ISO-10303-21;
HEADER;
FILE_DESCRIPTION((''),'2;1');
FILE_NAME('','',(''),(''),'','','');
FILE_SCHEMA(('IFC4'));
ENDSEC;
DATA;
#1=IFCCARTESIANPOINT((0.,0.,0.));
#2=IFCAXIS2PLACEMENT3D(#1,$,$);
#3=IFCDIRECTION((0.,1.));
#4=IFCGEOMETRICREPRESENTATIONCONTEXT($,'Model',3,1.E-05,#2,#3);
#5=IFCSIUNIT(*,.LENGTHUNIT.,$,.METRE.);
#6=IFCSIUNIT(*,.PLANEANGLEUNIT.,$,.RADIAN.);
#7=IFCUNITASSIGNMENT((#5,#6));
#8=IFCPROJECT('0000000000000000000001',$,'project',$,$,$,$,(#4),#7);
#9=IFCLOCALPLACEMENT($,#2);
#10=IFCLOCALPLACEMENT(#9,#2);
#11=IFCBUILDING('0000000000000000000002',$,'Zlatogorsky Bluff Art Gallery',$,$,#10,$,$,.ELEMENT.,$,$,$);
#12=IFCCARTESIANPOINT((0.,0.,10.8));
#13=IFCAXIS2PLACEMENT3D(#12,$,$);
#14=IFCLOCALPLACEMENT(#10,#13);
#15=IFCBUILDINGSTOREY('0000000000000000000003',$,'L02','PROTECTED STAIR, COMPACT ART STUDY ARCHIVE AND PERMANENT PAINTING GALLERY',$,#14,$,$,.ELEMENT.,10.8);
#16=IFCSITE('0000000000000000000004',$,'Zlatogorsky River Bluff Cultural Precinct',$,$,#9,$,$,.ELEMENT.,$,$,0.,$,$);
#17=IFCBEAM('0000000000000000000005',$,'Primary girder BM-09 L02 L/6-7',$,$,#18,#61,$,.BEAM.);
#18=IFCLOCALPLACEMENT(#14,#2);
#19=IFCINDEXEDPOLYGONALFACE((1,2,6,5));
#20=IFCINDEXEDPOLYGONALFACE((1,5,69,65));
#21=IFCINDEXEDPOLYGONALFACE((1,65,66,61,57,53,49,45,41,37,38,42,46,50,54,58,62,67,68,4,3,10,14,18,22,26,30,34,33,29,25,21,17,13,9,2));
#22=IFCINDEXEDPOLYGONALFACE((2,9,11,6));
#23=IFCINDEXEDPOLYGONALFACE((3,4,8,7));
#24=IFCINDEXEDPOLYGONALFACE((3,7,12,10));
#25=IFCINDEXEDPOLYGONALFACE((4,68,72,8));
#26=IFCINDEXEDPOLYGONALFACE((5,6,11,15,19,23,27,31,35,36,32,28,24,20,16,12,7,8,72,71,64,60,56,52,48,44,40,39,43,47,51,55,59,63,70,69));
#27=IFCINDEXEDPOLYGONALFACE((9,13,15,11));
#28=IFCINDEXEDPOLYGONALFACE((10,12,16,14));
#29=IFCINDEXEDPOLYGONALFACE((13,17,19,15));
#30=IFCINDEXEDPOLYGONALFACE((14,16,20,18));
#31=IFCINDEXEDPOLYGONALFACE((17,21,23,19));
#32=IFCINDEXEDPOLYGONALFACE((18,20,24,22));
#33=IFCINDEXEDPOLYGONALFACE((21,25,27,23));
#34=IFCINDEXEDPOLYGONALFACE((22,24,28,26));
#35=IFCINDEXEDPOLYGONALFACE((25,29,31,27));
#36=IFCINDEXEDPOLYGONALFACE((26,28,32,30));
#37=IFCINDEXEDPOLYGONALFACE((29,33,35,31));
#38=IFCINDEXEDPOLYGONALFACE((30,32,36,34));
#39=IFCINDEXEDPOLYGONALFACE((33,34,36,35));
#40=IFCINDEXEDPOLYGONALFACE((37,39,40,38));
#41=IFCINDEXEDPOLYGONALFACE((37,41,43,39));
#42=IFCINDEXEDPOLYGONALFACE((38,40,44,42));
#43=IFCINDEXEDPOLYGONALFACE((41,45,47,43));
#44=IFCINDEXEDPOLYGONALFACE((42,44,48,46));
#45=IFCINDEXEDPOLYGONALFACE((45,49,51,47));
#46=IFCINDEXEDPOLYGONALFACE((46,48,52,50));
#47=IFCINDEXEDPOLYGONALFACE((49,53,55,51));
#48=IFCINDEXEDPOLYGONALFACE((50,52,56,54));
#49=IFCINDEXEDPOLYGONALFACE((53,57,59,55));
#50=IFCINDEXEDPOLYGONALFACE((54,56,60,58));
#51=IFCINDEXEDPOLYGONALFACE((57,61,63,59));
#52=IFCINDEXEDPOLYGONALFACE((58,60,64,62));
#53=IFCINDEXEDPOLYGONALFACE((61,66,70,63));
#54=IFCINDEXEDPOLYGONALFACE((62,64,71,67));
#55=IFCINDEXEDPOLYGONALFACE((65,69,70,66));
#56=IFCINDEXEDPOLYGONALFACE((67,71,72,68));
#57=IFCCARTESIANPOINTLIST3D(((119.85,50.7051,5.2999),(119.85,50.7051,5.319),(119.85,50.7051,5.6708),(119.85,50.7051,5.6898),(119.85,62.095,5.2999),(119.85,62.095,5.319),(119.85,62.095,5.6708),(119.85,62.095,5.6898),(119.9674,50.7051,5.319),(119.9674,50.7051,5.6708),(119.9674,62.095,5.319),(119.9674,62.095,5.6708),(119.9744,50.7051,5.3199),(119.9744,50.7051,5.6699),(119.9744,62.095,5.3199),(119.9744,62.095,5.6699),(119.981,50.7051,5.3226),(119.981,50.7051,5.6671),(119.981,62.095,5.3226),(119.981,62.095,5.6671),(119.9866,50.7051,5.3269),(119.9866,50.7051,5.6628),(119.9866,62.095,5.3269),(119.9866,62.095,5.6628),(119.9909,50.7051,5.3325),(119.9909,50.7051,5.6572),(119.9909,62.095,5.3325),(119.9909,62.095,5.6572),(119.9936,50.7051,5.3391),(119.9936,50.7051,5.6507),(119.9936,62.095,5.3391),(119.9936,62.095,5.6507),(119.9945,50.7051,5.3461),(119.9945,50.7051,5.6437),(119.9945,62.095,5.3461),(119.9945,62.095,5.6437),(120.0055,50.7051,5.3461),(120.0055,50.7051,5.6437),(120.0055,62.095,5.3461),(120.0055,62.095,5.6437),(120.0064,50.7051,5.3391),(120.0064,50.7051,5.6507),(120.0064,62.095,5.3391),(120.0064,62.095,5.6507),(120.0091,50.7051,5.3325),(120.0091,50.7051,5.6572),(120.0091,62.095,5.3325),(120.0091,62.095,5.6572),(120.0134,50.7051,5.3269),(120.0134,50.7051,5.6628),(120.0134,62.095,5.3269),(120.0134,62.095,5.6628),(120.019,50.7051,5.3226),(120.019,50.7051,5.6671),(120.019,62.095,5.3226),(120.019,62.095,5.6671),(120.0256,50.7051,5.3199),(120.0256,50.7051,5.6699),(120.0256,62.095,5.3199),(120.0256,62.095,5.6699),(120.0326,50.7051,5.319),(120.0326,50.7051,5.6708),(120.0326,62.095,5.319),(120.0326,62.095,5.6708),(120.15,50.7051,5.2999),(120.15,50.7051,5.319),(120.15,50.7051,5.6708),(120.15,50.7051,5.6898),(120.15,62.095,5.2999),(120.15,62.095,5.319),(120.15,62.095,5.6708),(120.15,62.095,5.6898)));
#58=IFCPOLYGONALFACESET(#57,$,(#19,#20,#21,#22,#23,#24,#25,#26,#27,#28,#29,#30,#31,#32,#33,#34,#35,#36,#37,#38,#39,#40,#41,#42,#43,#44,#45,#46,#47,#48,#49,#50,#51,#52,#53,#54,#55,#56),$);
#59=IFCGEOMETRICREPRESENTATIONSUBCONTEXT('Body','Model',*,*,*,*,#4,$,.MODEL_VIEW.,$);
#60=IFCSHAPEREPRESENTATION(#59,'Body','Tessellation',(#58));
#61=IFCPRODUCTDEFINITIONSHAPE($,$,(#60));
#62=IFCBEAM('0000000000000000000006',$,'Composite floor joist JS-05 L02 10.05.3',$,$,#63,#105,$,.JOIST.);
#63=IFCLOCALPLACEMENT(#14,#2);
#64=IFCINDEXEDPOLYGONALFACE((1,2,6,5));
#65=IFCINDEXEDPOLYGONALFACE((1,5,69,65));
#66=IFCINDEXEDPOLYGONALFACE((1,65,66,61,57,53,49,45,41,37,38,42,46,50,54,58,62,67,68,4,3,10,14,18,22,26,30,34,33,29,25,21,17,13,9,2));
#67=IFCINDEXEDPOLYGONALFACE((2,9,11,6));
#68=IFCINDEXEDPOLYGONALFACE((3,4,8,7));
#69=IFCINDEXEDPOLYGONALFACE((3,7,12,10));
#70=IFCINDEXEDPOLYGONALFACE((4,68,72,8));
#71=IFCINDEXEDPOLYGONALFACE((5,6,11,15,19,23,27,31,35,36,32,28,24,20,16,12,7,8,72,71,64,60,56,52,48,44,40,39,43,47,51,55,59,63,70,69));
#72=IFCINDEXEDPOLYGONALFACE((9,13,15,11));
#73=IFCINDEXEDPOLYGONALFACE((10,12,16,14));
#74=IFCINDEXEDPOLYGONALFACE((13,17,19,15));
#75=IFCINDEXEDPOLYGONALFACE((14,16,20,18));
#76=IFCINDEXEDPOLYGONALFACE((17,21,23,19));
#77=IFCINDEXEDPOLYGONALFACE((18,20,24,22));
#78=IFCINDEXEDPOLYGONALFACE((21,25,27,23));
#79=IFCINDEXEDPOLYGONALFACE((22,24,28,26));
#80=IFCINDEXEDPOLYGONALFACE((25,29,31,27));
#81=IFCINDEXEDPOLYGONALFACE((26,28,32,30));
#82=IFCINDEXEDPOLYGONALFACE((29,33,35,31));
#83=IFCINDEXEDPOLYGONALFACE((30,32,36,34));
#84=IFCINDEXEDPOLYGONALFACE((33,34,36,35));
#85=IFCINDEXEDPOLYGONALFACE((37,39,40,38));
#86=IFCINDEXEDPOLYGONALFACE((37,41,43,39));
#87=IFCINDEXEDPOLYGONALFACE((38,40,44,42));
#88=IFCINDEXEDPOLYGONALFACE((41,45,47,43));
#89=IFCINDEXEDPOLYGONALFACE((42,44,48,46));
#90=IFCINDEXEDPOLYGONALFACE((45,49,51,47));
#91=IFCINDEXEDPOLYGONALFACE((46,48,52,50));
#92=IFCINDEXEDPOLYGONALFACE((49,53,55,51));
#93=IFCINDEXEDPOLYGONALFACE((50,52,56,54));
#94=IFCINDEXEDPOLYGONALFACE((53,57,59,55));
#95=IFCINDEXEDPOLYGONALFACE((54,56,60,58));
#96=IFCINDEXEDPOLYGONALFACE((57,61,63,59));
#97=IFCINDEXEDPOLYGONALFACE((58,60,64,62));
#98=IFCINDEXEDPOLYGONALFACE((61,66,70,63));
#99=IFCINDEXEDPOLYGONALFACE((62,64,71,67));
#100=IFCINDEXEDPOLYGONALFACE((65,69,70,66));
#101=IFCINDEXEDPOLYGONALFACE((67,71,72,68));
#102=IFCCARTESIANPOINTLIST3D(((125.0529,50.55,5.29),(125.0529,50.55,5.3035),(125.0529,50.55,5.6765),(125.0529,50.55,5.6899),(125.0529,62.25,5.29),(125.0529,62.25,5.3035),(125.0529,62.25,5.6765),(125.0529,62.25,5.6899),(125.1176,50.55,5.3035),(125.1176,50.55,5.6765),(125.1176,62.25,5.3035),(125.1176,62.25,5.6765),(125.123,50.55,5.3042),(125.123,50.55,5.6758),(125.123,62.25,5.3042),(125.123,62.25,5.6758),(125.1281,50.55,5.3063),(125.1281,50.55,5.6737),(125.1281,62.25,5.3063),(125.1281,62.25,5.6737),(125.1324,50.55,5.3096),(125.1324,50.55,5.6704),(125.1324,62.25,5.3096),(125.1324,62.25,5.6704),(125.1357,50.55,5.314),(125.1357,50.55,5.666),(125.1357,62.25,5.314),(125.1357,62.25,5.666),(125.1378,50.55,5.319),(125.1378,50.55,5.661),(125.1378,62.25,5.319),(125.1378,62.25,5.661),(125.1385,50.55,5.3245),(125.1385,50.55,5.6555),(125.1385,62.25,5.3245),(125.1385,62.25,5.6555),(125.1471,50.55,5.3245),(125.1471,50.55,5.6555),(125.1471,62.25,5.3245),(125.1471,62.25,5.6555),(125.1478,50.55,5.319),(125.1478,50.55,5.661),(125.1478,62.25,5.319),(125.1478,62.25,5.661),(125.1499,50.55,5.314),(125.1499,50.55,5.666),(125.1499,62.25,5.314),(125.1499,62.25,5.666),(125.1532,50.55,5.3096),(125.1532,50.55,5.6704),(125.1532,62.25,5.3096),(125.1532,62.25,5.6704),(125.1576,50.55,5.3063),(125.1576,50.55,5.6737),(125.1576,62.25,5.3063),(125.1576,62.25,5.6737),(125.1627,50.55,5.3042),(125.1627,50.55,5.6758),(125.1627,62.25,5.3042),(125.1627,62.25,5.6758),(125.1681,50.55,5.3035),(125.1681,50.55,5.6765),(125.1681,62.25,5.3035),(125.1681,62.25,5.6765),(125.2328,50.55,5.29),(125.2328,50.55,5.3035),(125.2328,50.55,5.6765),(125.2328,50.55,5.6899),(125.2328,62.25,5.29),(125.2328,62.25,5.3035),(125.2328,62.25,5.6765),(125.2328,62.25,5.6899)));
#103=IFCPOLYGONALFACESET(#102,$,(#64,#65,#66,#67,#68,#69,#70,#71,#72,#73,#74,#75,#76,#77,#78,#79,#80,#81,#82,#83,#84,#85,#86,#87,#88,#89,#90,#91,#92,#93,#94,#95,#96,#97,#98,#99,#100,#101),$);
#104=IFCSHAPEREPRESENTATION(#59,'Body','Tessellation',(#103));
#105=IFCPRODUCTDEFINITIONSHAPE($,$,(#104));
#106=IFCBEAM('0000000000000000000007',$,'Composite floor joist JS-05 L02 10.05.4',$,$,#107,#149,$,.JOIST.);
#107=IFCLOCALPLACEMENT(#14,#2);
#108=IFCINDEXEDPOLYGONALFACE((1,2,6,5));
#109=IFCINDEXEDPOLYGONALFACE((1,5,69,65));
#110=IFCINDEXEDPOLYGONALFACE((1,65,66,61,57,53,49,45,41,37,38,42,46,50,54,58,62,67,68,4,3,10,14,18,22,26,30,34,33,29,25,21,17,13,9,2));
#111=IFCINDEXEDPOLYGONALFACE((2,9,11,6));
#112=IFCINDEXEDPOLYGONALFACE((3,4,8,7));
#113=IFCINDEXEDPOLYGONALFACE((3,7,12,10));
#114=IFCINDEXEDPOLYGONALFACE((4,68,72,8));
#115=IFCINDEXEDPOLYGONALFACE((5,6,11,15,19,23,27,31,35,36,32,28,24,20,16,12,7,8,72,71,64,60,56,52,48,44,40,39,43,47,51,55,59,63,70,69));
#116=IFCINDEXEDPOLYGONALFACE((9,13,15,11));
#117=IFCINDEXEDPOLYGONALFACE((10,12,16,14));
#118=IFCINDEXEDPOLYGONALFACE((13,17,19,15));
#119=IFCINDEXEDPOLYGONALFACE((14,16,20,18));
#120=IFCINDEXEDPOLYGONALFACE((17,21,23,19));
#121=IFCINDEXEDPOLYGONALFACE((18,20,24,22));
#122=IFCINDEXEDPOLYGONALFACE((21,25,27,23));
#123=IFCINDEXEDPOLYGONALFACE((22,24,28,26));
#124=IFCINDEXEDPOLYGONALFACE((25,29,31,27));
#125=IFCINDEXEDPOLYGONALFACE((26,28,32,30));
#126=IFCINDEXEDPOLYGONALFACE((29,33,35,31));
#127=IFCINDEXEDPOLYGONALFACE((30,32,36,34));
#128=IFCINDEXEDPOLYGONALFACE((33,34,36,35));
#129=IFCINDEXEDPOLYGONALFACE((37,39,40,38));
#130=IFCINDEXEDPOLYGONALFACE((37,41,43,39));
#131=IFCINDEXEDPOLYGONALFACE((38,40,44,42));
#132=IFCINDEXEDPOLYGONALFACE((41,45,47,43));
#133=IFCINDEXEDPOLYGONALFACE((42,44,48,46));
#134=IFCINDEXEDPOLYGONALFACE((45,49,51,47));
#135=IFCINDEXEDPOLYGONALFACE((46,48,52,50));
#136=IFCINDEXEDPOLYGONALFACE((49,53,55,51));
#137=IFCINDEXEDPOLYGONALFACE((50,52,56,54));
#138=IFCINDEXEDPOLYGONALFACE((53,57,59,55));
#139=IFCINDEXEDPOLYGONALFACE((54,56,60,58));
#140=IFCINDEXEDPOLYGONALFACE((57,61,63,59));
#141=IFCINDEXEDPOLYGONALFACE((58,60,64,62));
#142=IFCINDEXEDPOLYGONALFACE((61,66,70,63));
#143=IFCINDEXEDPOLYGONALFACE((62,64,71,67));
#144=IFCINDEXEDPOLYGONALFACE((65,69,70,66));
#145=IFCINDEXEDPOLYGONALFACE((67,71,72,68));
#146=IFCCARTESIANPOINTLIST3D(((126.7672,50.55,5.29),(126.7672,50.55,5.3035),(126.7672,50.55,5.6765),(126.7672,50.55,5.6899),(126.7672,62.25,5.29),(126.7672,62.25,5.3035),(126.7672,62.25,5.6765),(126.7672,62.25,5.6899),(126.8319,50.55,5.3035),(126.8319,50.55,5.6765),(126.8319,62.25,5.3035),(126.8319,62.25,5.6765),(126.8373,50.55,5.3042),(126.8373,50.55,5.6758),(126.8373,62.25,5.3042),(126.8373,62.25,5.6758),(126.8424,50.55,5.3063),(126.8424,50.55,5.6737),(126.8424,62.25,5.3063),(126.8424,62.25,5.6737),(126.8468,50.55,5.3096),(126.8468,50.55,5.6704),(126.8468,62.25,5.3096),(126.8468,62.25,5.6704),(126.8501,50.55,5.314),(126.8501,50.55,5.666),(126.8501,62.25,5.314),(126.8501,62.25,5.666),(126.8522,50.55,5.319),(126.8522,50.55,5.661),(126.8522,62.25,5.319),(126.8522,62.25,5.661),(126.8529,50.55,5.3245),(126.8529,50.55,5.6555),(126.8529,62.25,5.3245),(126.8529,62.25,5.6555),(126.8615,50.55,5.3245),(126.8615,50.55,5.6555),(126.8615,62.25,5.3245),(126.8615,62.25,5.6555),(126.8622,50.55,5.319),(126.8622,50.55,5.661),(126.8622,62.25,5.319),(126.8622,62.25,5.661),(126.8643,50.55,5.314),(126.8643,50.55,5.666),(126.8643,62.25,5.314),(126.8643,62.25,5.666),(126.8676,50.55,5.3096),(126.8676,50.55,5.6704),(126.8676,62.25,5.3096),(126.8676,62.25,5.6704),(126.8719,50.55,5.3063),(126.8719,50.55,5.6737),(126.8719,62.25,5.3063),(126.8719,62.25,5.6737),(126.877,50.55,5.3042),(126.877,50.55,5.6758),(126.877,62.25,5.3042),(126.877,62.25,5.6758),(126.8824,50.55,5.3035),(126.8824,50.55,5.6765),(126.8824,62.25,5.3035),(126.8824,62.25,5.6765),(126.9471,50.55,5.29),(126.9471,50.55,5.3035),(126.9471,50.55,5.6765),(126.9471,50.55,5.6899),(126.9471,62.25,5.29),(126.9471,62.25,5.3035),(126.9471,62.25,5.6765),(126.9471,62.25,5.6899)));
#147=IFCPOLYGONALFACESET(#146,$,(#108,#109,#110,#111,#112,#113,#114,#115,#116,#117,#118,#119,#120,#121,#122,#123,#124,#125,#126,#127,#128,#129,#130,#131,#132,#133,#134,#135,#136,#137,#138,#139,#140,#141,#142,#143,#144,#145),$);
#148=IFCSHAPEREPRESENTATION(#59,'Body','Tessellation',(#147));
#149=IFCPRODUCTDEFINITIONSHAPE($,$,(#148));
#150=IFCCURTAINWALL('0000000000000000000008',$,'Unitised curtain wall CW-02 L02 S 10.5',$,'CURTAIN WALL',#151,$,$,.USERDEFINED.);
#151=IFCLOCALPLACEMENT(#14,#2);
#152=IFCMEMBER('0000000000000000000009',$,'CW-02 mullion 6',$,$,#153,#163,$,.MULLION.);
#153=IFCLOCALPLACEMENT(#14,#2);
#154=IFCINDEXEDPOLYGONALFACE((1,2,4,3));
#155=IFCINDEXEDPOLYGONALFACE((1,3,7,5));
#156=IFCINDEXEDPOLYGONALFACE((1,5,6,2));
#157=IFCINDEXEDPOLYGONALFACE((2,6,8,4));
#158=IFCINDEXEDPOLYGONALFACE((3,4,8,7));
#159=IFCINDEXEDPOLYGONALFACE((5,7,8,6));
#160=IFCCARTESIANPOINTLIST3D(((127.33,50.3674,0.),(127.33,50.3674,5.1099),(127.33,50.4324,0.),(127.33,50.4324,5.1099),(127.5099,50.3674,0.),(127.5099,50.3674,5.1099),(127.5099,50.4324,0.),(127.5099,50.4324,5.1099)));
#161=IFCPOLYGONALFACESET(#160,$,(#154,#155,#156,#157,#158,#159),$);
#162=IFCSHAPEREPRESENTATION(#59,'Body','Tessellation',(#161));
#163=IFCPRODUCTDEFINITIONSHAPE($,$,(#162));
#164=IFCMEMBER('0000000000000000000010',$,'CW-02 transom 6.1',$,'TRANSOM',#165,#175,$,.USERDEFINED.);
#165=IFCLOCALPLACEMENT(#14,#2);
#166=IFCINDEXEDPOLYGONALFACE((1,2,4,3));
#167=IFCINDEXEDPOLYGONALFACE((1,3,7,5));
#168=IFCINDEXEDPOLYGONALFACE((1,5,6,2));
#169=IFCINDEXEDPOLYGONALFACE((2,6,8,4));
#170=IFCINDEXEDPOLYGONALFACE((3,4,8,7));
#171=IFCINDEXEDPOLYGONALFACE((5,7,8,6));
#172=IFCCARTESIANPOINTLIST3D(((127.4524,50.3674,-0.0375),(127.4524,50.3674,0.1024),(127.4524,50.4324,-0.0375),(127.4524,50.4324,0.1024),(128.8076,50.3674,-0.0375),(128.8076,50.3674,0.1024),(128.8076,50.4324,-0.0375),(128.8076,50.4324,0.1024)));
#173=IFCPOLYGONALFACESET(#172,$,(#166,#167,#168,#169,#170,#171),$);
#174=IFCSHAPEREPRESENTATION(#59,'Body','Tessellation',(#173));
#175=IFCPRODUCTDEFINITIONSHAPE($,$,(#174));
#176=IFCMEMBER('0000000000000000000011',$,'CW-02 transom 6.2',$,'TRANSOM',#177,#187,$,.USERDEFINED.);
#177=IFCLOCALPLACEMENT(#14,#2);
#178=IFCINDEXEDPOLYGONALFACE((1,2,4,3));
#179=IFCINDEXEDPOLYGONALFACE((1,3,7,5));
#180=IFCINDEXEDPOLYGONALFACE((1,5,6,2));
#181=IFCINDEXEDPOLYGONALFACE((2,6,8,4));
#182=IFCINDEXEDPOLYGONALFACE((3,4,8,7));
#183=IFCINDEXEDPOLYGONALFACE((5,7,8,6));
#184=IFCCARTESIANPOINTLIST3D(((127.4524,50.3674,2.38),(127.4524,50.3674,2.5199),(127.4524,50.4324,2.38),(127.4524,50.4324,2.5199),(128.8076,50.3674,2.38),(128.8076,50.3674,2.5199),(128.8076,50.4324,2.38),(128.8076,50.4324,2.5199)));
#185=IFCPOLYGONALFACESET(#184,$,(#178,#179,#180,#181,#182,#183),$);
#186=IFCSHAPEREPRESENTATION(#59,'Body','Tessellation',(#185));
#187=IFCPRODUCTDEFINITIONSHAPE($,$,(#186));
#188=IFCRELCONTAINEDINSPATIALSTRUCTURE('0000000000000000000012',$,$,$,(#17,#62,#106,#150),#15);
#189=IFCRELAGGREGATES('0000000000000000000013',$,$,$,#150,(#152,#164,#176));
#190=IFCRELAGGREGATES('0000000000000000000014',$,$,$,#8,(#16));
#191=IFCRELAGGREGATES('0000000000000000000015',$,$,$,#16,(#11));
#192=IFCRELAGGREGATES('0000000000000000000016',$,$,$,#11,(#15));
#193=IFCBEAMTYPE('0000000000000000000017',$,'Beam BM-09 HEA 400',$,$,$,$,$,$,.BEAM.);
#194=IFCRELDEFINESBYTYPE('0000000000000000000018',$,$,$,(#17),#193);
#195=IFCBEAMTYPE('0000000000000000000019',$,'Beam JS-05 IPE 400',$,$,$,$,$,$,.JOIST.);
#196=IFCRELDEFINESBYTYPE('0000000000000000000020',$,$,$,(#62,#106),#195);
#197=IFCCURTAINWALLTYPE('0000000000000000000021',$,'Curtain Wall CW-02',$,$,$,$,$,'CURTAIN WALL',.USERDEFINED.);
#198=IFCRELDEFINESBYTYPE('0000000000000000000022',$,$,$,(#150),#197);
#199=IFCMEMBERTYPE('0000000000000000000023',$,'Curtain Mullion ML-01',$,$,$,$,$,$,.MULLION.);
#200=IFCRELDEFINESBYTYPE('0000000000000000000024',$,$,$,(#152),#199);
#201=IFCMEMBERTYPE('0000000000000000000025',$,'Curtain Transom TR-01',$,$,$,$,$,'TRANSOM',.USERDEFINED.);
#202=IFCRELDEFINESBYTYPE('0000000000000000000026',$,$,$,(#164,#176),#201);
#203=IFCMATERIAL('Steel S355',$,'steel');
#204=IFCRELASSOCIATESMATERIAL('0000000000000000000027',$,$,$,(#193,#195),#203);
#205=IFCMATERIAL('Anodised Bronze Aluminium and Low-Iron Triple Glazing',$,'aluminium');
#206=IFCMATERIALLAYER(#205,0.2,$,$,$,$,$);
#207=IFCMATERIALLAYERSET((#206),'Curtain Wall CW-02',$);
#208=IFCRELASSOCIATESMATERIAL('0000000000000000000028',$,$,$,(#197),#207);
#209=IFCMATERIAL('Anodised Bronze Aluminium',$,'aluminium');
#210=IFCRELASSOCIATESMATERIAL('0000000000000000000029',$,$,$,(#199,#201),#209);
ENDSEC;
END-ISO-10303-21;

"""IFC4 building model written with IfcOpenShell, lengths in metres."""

from ifc_helpers import new_model, si_unit, direction, frame, origin, origin_2d, place, context, subcontext, project, spatial, rectangle, i_section, extrude, material, layer, layer_set, material_profile, profile_set, type_object, element, aggregate, save


model = new_model("IFC4")

# Units and contexts
model_context = context("Model", 3, precision=1e-05, world=origin(), true_north=direction((0.0, 1.0)))
body_context = subcontext(model_context, "Body", "Model", "MODEL_VIEW")
ifc_project = project(units=[si_unit("LENGTHUNIT", "METRE"), si_unit("PLANEANGLEUNIT", "RADIAN")], contexts=[model_context])

# Site, building, storey
site_placement = place(None, origin())
site = spatial("IfcSite", under=ifc_project, at=site_placement, Name="Zlatogorsky River Bluff Cultural Precinct", CompositionType="ELEMENT", RefElevation=0.0)
building_placement = place(site_placement, origin())
building = spatial("IfcBuilding", under=site, at=building_placement, Name="Zlatogorsky Bluff Art Gallery", CompositionType="ELEMENT")
storey_placement = place(building_placement, frame((0.0, 0.0, 10.8)))
storey = spatial("IfcBuildingStorey", under=building, at=storey_placement, Name="L02", Description="PROTECTED STAIR, COMPACT ART STUDY ARCHIVE AND PERMANENT PAINTING GALLERY", CompositionType="ELEMENT", Elevation=10.8)

# Beams
ifc_material_1 = material(Name="Steel S355", Category="steel")
ifc_material_profile_1 = material_profile(ifc_material_1, i_section(OverallWidth=0.3, OverallDepth=0.3899, WebThickness=0.011, FlangeThickness=0.019, FilletRadius=0.0271, at=origin_2d()), Name="HEA 400")
ifc_profile_set_1 = profile_set([ifc_material_profile_1], Name="Steel S355")
beam_type_1 = type_object("IfcBeamType", Name="Beam BM-09 HEA 400", PredefinedType="BEAM", material=ifc_profile_set_1)
beam_placement = place(storey_placement, frame((120.0, 50.7051, 5.4949), z_axis=(0.0, 1.0, 0.0), x_axis=(-1.0, 0.0, 0.0)))
element("IfcBeam", 1, at=beam_placement, inside=storey, type_object=beam_type_1, Name="Primary girder BM-09 L02 L/6-7", PredefinedType="BEAM", context=body_context, shape_type="SweptSolid", body=[
    extrude(i_section(OverallWidth=0.3, OverallDepth=0.3899, WebThickness=0.011, FlangeThickness=0.019, FilletRadius=0.0271, at=origin_2d()), origin(), (0.0, 0.0, 1.0), 11.3899),
])
ifc_material_profile_2 = material_profile(ifc_material_1, i_section(OverallWidth=0.1799, OverallDepth=0.3999, WebThickness=0.0085, FlangeThickness=0.0134, FilletRadius=0.021, at=origin_2d()), Name="IPE 400")
ifc_profile_set_2 = profile_set([ifc_material_profile_2], Name="Steel S355")
beam_type_2 = type_object("IfcBeamType", Name="Beam JS-05 IPE 400", PredefinedType="JOIST", material=ifc_profile_set_2)
for number, where, z_axis, x_axis, name in (
    (2, (125.1428, 50.55, 5.49), (0.0, 1.0, 0.0), (-1.0, 0.0, 0.0), "Composite floor joist JS-05 L02 10.05.3"),
    (3, (126.8572, 50.55, 5.49), (0.0, 1.0, 0.0), (-1.0, 0.0, 0.0), "Composite floor joist JS-05 L02 10.05.4"),
):
    element("IfcBeam", number, at=place(storey_placement, frame(where, z_axis=z_axis, x_axis=x_axis)), inside=storey, type_object=beam_type_2, Name=name, PredefinedType="JOIST", context=body_context, shape_type="SweptSolid", body=[
        extrude(i_section(OverallWidth=0.1799, OverallDepth=0.3999, WebThickness=0.0085, FlangeThickness=0.0134, FilletRadius=0.021, at=origin_2d()), origin(), (0.0, 0.0, 1.0), 11.7),
    ])

# Curtain wall, members
ifc_material_2 = material(Name="Anodised Bronze Aluminium and Low-Iron Triple Glazing", Category="aluminium")
ifc_layer_1 = layer(ifc_material_2, 0.2)
ifc_layer_set_1 = layer_set([ifc_layer_1], Name="Curtain Wall CW-02")
curtain_wall_type = type_object("IfcCurtainWallType", Name="Curtain Wall CW-02", ElementType="CURTAIN WALL", PredefinedType="USERDEFINED", material=ifc_layer_set_1)
curtain_wall_placement = place(storey_placement, origin())
curtain_wall = element("IfcCurtainWall", 4, at=curtain_wall_placement, inside=storey, type_object=curtain_wall_type, Name="Unitised curtain wall CW-02 L02 S 10.5", ObjectType="CURTAIN WALL", PredefinedType="USERDEFINED")
ifc_material_3 = material(Name="Anodised Bronze Aluminium", Category="aluminium")
ifc_material_profile_3 = material_profile(ifc_material_3, rectangle(XDim=0.0649, YDim=0.1799, at=origin_2d()), Name="ALU MULLION 65x180")
ifc_profile_set_3 = profile_set([ifc_material_profile_3], Name="Anodised Bronze Aluminium")
member_type_1 = type_object("IfcMemberType", Name="Curtain Mullion ML-01", PredefinedType="MULLION", material=ifc_profile_set_3)
member_1_placement = place(storey_placement, frame((127.4199, 50.3999, 0.0), z_axis=(0.0, 0.0, 1.0), x_axis=(0.0, 1.0, 0.0)))
member_1 = element("IfcMember", 5, at=member_1_placement, type_object=member_type_1, Name="CW-02 mullion 6", PredefinedType="MULLION", context=body_context, shape_type="SweptSolid", body=[
    extrude(rectangle(XDim=0.0649, YDim=0.1799, at=origin_2d()), origin(), (0.0, 0.0, 1.0), 5.1099),
])
ifc_material_profile_4 = material_profile(ifc_material_3, rectangle(XDim=0.0649, YDim=0.1399, at=origin_2d()), Name="ALU TRANSOM 65x140")
ifc_profile_set_4 = profile_set([ifc_material_profile_4], Name="Anodised Bronze Aluminium")
member_type_2 = type_object("IfcMemberType", Name="Curtain Transom TR-01", ElementType="TRANSOM", PredefinedType="USERDEFINED", material=ifc_profile_set_4)
member_2_placement = place(storey_placement, frame((127.4524, 50.3999, 0.0325), z_axis=(1.0, 0.0, 0.0), x_axis=(0.0, 1.0, 0.0)))
member_2 = element("IfcMember", 6, at=member_2_placement, type_object=member_type_2, Name="CW-02 transom 6.1", ObjectType="TRANSOM", PredefinedType="USERDEFINED", context=body_context, shape_type="SweptSolid", body=[
    extrude(rectangle(XDim=0.0649, YDim=0.1399, at=origin_2d()), origin(), (0.0, 0.0, 1.0), 1.3552),
])
member_3_placement = place(storey_placement, frame((127.4524, 50.3999, 2.45), z_axis=(1.0, 0.0, 0.0), x_axis=(0.0, 1.0, 0.0)))
member_3 = element("IfcMember", 7, at=member_3_placement, type_object=member_type_2, Name="CW-02 transom 6.2", ObjectType="TRANSOM", PredefinedType="USERDEFINED", context=body_context, shape_type="SweptSolid", body=[
    extrude(rectangle(XDim=0.0649, YDim=0.1399, at=origin_2d()), origin(), (0.0, 0.0, 1.0), 1.3552),
])
aggregate(curtain_wall, [member_1, member_2, member_3])

save(model, "model.ifc")
